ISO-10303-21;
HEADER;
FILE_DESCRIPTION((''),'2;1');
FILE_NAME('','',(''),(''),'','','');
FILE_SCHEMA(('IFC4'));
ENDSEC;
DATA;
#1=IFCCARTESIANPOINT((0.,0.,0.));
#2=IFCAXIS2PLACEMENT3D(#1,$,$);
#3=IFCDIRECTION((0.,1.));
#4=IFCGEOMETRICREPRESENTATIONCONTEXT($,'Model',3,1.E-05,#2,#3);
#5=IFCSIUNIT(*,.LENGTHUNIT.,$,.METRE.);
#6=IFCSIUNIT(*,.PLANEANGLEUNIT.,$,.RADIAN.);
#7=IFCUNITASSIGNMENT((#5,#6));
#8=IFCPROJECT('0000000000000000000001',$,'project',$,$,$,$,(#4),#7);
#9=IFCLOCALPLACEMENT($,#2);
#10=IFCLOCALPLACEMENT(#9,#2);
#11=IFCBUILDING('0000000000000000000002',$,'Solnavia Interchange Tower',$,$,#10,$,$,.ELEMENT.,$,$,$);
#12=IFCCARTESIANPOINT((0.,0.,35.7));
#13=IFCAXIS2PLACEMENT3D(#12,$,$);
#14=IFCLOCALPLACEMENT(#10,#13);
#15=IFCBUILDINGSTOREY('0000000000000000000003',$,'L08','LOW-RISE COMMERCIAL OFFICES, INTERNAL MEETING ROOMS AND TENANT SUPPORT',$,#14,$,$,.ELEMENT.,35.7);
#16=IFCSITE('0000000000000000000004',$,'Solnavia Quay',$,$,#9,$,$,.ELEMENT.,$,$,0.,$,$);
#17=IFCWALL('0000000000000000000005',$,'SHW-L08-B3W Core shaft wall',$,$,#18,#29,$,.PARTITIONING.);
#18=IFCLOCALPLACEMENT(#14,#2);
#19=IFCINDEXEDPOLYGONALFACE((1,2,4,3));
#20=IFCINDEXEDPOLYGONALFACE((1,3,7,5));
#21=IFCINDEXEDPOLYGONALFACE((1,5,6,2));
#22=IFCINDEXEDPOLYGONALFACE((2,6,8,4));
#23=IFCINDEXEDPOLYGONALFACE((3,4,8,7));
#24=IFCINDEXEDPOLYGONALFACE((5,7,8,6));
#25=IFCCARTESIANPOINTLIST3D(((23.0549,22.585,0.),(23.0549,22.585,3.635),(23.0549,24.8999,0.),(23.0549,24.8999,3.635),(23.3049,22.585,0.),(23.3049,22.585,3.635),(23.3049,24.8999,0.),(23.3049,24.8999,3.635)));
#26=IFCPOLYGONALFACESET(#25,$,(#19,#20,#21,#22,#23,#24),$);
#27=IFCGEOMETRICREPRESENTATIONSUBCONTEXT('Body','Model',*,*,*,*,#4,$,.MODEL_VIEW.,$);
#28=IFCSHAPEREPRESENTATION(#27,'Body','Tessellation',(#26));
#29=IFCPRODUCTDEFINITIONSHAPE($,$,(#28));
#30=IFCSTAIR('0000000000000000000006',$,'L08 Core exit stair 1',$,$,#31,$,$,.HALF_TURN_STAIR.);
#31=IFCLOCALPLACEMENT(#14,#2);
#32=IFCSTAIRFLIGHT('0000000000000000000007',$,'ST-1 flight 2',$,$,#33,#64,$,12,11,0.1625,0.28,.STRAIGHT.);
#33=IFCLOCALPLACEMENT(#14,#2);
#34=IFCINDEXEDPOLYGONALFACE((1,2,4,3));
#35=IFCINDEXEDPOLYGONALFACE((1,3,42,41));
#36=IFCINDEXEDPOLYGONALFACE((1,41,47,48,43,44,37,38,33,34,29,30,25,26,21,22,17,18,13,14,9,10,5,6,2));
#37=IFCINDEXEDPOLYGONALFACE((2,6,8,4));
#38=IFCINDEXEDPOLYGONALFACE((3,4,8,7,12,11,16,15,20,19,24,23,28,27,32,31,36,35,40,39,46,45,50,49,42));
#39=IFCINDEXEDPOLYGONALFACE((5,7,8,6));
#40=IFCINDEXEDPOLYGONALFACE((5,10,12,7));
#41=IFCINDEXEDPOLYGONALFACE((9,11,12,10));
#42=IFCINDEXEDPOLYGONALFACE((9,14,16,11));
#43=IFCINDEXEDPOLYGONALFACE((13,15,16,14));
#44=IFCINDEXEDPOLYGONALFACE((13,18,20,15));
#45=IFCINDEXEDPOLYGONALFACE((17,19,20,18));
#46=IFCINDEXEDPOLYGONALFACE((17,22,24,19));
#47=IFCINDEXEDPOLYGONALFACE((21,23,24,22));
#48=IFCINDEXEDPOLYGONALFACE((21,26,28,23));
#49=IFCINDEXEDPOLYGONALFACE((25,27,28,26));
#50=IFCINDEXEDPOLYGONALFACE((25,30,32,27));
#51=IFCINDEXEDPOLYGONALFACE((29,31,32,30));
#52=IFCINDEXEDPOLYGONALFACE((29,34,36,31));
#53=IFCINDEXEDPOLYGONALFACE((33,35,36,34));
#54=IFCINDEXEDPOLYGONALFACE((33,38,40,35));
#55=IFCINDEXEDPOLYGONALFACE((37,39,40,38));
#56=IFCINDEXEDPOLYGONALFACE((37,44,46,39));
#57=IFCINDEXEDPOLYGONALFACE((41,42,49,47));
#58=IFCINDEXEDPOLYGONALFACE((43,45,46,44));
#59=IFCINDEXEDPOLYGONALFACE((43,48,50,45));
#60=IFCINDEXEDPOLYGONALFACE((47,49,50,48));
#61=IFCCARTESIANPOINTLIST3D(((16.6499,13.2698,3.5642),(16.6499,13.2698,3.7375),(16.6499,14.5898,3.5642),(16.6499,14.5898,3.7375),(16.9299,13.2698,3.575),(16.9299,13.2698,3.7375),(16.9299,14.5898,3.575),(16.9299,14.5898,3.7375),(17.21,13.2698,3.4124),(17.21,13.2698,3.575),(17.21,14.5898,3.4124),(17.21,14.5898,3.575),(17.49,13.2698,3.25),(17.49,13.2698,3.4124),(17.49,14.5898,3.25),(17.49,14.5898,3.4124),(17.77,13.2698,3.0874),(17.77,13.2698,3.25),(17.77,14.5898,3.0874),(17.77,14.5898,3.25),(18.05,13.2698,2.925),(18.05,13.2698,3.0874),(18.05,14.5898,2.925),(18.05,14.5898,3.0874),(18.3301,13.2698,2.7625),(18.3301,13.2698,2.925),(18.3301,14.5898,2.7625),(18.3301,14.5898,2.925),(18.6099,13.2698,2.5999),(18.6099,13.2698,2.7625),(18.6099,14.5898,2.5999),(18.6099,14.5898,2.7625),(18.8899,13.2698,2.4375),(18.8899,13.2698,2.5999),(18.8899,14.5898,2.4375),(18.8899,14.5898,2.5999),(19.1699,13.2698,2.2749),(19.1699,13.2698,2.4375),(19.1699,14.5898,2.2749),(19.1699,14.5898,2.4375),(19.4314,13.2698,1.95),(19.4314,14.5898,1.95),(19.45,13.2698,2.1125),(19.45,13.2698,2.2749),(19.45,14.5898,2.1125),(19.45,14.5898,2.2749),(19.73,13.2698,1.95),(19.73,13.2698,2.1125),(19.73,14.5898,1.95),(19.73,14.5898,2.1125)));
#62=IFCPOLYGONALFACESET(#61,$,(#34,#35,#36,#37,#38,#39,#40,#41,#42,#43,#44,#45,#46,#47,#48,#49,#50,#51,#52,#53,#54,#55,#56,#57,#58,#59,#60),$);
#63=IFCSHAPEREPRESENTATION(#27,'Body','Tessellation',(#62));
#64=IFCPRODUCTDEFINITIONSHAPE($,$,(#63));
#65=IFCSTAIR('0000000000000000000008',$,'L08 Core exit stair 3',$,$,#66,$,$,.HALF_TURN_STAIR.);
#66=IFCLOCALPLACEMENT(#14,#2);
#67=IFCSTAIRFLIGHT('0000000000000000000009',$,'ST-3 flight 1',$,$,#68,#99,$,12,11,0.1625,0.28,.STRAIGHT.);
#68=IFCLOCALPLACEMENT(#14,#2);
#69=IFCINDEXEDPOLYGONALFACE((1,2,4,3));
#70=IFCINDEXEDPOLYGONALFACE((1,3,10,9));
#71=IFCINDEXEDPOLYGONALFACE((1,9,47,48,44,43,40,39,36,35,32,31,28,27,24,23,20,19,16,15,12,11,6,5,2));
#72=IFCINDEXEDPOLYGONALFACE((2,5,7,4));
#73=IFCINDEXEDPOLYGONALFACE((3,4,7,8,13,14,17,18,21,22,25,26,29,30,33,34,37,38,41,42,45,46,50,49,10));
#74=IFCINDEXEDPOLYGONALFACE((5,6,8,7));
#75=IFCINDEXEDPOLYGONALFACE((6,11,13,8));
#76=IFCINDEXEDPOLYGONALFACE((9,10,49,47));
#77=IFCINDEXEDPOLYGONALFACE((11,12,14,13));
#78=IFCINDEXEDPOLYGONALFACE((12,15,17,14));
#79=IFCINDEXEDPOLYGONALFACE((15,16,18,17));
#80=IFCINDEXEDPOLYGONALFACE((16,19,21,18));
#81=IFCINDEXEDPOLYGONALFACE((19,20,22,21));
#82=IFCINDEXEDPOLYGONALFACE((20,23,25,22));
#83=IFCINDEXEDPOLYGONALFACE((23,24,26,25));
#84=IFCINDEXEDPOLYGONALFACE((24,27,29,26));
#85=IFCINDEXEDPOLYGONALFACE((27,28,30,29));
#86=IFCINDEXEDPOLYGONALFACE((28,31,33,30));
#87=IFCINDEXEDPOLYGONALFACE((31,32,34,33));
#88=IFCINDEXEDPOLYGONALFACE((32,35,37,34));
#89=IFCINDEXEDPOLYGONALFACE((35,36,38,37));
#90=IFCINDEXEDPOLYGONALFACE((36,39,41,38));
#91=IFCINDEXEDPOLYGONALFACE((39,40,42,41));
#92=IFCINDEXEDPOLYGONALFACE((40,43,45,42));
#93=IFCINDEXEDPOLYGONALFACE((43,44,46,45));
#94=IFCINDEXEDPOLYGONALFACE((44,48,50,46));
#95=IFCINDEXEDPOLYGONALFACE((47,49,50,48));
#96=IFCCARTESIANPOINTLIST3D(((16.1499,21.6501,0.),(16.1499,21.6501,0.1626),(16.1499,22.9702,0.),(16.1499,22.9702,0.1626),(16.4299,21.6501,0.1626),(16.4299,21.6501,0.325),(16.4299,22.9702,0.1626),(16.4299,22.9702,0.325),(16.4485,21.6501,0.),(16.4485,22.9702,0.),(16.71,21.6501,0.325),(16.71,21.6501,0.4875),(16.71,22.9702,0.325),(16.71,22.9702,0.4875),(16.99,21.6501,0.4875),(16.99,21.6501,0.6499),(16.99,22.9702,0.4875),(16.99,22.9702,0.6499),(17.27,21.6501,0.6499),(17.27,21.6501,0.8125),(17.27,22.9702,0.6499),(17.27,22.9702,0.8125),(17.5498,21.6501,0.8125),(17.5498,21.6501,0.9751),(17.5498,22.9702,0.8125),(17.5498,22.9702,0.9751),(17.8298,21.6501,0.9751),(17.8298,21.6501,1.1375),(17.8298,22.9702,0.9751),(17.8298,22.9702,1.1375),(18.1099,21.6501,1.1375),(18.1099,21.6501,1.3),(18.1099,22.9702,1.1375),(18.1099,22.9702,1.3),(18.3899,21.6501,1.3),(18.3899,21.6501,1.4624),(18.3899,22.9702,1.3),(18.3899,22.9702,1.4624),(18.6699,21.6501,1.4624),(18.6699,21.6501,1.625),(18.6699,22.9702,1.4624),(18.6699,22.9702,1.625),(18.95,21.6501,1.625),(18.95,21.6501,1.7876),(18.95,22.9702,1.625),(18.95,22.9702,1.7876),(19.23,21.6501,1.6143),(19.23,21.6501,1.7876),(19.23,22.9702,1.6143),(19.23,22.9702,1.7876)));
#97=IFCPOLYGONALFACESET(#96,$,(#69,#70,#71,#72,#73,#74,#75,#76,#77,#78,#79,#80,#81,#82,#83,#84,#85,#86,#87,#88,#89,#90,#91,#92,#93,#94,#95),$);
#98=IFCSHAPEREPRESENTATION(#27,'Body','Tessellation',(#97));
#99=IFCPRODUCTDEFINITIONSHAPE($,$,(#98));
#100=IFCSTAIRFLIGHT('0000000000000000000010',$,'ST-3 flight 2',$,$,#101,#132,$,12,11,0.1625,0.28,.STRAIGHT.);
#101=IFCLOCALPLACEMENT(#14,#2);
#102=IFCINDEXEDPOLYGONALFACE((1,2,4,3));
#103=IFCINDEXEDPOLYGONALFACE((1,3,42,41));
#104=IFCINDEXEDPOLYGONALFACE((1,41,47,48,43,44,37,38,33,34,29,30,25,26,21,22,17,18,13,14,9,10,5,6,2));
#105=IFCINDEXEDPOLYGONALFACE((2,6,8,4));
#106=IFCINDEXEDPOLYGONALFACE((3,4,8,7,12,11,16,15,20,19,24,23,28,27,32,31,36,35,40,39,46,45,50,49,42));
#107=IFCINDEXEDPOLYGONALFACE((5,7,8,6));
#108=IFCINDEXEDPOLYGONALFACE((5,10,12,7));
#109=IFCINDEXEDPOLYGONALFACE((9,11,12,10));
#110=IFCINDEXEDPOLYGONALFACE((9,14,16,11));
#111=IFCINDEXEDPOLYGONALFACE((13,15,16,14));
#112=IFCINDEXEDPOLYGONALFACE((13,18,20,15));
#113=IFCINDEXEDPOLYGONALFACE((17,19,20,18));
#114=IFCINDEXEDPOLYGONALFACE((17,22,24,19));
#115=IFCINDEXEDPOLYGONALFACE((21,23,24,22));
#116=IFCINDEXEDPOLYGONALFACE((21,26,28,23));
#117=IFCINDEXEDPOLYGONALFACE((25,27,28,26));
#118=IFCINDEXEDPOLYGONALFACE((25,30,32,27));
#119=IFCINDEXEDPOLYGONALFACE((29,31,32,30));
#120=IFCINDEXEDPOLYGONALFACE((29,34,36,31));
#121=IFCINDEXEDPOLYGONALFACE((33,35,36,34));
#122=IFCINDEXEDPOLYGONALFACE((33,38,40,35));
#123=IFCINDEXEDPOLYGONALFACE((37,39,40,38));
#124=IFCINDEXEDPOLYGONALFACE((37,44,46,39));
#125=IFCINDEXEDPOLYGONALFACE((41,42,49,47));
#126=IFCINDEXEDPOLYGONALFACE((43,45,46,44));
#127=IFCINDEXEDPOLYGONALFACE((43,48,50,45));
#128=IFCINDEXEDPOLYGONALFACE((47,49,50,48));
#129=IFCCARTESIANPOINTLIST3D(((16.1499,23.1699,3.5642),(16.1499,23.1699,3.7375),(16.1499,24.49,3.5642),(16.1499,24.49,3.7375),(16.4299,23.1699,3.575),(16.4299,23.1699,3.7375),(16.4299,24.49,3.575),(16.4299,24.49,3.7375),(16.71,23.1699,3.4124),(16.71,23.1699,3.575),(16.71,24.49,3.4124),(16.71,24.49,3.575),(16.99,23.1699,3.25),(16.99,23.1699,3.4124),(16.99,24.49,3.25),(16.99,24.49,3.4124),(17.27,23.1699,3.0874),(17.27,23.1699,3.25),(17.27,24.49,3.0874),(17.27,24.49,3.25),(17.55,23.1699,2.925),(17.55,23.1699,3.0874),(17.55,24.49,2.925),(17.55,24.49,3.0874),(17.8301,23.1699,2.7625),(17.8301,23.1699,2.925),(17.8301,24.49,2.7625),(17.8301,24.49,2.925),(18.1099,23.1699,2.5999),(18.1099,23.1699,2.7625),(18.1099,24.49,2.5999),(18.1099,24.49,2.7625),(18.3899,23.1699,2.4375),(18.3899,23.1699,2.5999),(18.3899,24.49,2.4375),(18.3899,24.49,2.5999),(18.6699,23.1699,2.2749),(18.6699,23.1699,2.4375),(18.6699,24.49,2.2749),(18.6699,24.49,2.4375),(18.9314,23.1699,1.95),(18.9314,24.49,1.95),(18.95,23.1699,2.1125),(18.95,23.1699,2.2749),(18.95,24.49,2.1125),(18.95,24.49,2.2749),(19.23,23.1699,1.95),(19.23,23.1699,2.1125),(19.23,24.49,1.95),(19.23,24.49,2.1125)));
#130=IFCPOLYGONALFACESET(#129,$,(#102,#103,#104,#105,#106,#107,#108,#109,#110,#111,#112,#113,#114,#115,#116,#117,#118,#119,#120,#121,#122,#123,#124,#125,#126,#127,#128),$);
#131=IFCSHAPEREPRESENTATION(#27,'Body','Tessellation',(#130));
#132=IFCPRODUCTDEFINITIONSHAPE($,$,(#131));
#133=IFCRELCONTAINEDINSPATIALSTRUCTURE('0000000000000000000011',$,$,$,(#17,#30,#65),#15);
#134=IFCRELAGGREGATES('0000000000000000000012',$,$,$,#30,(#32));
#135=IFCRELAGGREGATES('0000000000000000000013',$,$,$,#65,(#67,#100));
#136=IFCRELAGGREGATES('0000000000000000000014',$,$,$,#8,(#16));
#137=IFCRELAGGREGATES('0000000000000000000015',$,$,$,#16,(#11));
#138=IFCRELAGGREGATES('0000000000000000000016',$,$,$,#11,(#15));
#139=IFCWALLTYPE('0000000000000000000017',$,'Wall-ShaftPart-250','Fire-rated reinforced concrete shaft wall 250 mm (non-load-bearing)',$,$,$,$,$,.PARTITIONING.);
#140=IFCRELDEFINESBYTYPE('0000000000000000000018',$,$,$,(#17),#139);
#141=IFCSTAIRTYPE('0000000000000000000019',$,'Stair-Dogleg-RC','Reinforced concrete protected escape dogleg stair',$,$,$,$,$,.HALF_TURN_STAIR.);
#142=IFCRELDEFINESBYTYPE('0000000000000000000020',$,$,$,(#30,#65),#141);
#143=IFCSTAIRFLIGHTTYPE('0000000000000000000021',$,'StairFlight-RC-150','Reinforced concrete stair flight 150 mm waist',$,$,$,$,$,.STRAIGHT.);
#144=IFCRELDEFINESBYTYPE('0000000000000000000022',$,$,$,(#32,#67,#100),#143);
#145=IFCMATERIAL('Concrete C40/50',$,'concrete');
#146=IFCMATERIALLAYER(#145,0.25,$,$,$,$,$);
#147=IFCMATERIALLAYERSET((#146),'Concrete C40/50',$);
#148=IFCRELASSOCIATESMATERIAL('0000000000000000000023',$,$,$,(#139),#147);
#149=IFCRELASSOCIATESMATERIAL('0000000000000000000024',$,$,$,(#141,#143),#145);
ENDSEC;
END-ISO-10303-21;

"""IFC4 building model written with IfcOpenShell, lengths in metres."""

from ifc_helpers import new_model, si_unit, direction, frame, frame_2d, origin, place, context, subcontext, project, spatial, polyline, rectangle, outline, extrude, material, layer, layer_set, type_object, element, aggregate, save


model = new_model("IFC4")

# Units and contexts
model_context = context("Model", 3, precision=1e-05, world=origin(), true_north=direction((0.0, 1.0)))
body_context = subcontext(model_context, "Body", "Model", "MODEL_VIEW")
ifc_project = project(units=[si_unit("LENGTHUNIT", "METRE"), si_unit("PLANEANGLEUNIT", "RADIAN")], contexts=[model_context])

# Site, building, storey
site_placement = place(None, origin())
site = spatial("IfcSite", under=ifc_project, at=site_placement, Name="Solnavia Quay", CompositionType="ELEMENT", RefElevation=0.0)
building_placement = place(site_placement, origin())
building = spatial("IfcBuilding", under=site, at=building_placement, Name="Solnavia Interchange Tower", CompositionType="ELEMENT")
storey_placement = place(building_placement, frame((0.0, 0.0, 35.7)))
storey = spatial("IfcBuildingStorey", under=building, at=storey_placement, Name="L08", Description="LOW-RISE COMMERCIAL OFFICES, INTERNAL MEETING ROOMS AND TENANT SUPPORT", CompositionType="ELEMENT", Elevation=35.7)

# Shared definitions
ifc_material_1 = material(Name="Concrete C40/50", Category="concrete")

# Shared definitions
ifc_layer_1 = layer(ifc_material_1, 0.25)
ifc_layer_set_1 = layer_set([ifc_layer_1], Name="Concrete C40/50")
wall_type_1 = type_object("IfcWallType", Name="Wall-ShaftPart-250", Description="Fire-rated reinforced concrete shaft wall 250 mm (non-load-bearing)", PredefinedType="PARTITIONING", material=ifc_layer_set_1)

# Wall
wall_1_placement = place(storey_placement, frame((23.1799, 22.585, 0.0), z_axis=(0.0, 0.0, 1.0), x_axis=(0.0, 1.0, 0.0)))
element("IfcWall", 1, at=wall_1_placement, inside=storey, type_object=wall_type_1, Name="SHW-L08-B3W Core shaft wall", PredefinedType="PARTITIONING", context=body_context, shape_type="SweptSolid", body=[
    extrude(rectangle(XDim=2.3149, YDim=0.25, at=frame_2d((1.1575, 0.0))), origin(), (0.0, 0.0, 1.0), 3.635),
])

# Stair, stair flight
stair_type = type_object("IfcStairType", Name="Stair-Dogleg-RC", Description="Reinforced concrete protected escape dogleg stair", PredefinedType="HALF_TURN_STAIR", material=ifc_material_1)
stair_1_placement = place(storey_placement, origin())
stair_1 = element("IfcStair", 2, at=stair_1_placement, inside=storey, type_object=stair_type, Name="L08 Core exit stair 1", PredefinedType="HALF_TURN_STAIR")
stair_flight_type = type_object("IfcStairFlightType", Name="StairFlight-RC-150", Description="Reinforced concrete stair flight 150 mm waist", PredefinedType="STRAIGHT", material=ifc_material_1)
stair_flight_1_placement = place(storey_placement, frame((19.73, 13.9299, 1.95), z_axis=(0.0, 0.0, 1.0), x_axis=(-1.0, 0.0, 0.0)))
stair_flight_1 = element("IfcStairFlight", 3, at=stair_flight_1_placement, type_object=stair_flight_type, Name="ST-1 flight 2", NumberOfRisers=12, NumberOfTreads=11, PredefinedType="STRAIGHT", RiserHeight=0.1625, TreadLength=0.28, context=body_context, shape_type="SweptSolid", body=[
    extrude(outline(polyline([(0.0, 0.0), (0.0, 0.1626), (0.28, 0.1626), (0.28, 0.325), (0.5601, 0.325), (0.5601, 0.4875), (0.8401, 0.4875), (0.8401, 0.6499), (1.1201, 0.6499), (1.1201, 0.8125), (1.3999, 0.8125), (1.3999, 0.9751), (1.6799, 0.9751), (1.6799, 1.1375), (1.96, 1.1375), (1.96, 1.3), (2.24, 1.3), (2.24, 1.4624), (2.52, 1.4624), (2.52, 1.625), (2.8, 1.625), (2.8, 1.7876), (3.0801, 1.7876), (3.0801, 1.95), (3.0801, 1.6143), (0.2986, 0.0), (0.0, 0.0)])), frame((0.0, 0.6602, 0.0), z_axis=(0.0, -1.0, 0.0), x_axis=(1.0, 0.0, 0.0)), (0.0, 0.0, 1.0), 1.3201),
])
aggregate(stair_1, [stair_flight_1])

# Stair, stair flights
stair_2_placement = place(storey_placement, origin())
stair_2 = element("IfcStair", 4, at=stair_2_placement, inside=storey, type_object=stair_type, Name="L08 Core exit stair 3", PredefinedType="HALF_TURN_STAIR")
stair_flight_2_placement = place(storey_placement, frame((16.1499, 22.3101, 0.0), z_axis=(0.0, 0.0, 1.0), x_axis=(1.0, 0.0, 0.0)))
stair_flight_2 = element("IfcStairFlight", 5, at=stair_flight_2_placement, type_object=stair_flight_type, Name="ST-3 flight 1", NumberOfRisers=12, NumberOfTreads=11, PredefinedType="STRAIGHT", RiserHeight=0.1625, TreadLength=0.28, context=body_context, shape_type="SweptSolid", body=[
    extrude(outline(polyline([(0.0, 0.0), (0.0, 0.1626), (0.28, 0.1626), (0.28, 0.325), (0.5601, 0.325), (0.5601, 0.4875), (0.8401, 0.4875), (0.8401, 0.6499), (1.1201, 0.6499), (1.1201, 0.8125), (1.3999, 0.8125), (1.3999, 0.9751), (1.6799, 0.9751), (1.6799, 1.1375), (1.96, 1.1375), (1.96, 1.3), (2.24, 1.3), (2.24, 1.4624), (2.52, 1.4624), (2.52, 1.625), (2.8, 1.625), (2.8, 1.7876), (3.0801, 1.7876), (3.0801, 1.95), (3.0801, 1.6143), (0.2986, 0.0), (0.0, 0.0)])), frame((0.0, 0.6602, 0.0), z_axis=(0.0, -1.0, 0.0), x_axis=(1.0, 0.0, 0.0)), (0.0, 0.0, 1.0), 1.3201),
])
stair_flight_3_placement = place(storey_placement, frame((19.23, 23.8301, 1.95), z_axis=(0.0, 0.0, 1.0), x_axis=(-1.0, 0.0, 0.0)))
stair_flight_3 = element("IfcStairFlight", 6, at=stair_flight_3_placement, type_object=stair_flight_type, Name="ST-3 flight 2", NumberOfRisers=12, NumberOfTreads=11, PredefinedType="STRAIGHT", RiserHeight=0.1625, TreadLength=0.28, context=body_context, shape_type="SweptSolid", body=[
    extrude(outline(polyline([(0.0, 0.0), (0.0, 0.1626), (0.28, 0.1626), (0.28, 0.325), (0.5601, 0.325), (0.5601, 0.4875), (0.8401, 0.4875), (0.8401, 0.6499), (1.1201, 0.6499), (1.1201, 0.8125), (1.3999, 0.8125), (1.3999, 0.9751), (1.6799, 0.9751), (1.6799, 1.1375), (1.96, 1.1375), (1.96, 1.3), (2.24, 1.3), (2.24, 1.4624), (2.52, 1.4624), (2.52, 1.625), (2.8, 1.625), (2.8, 1.7876), (3.0801, 1.7876), (3.0801, 1.95), (3.0801, 1.6143), (0.2986, 0.0), (0.0, 0.0)])), frame((0.0, 0.6602, 0.0), z_axis=(0.0, -1.0, 0.0), x_axis=(1.0, 0.0, 0.0)), (0.0, 0.0, 1.0), 1.3201),
])
aggregate(stair_2, [stair_flight_2, stair_flight_3])

save(model, "model.ifc")
